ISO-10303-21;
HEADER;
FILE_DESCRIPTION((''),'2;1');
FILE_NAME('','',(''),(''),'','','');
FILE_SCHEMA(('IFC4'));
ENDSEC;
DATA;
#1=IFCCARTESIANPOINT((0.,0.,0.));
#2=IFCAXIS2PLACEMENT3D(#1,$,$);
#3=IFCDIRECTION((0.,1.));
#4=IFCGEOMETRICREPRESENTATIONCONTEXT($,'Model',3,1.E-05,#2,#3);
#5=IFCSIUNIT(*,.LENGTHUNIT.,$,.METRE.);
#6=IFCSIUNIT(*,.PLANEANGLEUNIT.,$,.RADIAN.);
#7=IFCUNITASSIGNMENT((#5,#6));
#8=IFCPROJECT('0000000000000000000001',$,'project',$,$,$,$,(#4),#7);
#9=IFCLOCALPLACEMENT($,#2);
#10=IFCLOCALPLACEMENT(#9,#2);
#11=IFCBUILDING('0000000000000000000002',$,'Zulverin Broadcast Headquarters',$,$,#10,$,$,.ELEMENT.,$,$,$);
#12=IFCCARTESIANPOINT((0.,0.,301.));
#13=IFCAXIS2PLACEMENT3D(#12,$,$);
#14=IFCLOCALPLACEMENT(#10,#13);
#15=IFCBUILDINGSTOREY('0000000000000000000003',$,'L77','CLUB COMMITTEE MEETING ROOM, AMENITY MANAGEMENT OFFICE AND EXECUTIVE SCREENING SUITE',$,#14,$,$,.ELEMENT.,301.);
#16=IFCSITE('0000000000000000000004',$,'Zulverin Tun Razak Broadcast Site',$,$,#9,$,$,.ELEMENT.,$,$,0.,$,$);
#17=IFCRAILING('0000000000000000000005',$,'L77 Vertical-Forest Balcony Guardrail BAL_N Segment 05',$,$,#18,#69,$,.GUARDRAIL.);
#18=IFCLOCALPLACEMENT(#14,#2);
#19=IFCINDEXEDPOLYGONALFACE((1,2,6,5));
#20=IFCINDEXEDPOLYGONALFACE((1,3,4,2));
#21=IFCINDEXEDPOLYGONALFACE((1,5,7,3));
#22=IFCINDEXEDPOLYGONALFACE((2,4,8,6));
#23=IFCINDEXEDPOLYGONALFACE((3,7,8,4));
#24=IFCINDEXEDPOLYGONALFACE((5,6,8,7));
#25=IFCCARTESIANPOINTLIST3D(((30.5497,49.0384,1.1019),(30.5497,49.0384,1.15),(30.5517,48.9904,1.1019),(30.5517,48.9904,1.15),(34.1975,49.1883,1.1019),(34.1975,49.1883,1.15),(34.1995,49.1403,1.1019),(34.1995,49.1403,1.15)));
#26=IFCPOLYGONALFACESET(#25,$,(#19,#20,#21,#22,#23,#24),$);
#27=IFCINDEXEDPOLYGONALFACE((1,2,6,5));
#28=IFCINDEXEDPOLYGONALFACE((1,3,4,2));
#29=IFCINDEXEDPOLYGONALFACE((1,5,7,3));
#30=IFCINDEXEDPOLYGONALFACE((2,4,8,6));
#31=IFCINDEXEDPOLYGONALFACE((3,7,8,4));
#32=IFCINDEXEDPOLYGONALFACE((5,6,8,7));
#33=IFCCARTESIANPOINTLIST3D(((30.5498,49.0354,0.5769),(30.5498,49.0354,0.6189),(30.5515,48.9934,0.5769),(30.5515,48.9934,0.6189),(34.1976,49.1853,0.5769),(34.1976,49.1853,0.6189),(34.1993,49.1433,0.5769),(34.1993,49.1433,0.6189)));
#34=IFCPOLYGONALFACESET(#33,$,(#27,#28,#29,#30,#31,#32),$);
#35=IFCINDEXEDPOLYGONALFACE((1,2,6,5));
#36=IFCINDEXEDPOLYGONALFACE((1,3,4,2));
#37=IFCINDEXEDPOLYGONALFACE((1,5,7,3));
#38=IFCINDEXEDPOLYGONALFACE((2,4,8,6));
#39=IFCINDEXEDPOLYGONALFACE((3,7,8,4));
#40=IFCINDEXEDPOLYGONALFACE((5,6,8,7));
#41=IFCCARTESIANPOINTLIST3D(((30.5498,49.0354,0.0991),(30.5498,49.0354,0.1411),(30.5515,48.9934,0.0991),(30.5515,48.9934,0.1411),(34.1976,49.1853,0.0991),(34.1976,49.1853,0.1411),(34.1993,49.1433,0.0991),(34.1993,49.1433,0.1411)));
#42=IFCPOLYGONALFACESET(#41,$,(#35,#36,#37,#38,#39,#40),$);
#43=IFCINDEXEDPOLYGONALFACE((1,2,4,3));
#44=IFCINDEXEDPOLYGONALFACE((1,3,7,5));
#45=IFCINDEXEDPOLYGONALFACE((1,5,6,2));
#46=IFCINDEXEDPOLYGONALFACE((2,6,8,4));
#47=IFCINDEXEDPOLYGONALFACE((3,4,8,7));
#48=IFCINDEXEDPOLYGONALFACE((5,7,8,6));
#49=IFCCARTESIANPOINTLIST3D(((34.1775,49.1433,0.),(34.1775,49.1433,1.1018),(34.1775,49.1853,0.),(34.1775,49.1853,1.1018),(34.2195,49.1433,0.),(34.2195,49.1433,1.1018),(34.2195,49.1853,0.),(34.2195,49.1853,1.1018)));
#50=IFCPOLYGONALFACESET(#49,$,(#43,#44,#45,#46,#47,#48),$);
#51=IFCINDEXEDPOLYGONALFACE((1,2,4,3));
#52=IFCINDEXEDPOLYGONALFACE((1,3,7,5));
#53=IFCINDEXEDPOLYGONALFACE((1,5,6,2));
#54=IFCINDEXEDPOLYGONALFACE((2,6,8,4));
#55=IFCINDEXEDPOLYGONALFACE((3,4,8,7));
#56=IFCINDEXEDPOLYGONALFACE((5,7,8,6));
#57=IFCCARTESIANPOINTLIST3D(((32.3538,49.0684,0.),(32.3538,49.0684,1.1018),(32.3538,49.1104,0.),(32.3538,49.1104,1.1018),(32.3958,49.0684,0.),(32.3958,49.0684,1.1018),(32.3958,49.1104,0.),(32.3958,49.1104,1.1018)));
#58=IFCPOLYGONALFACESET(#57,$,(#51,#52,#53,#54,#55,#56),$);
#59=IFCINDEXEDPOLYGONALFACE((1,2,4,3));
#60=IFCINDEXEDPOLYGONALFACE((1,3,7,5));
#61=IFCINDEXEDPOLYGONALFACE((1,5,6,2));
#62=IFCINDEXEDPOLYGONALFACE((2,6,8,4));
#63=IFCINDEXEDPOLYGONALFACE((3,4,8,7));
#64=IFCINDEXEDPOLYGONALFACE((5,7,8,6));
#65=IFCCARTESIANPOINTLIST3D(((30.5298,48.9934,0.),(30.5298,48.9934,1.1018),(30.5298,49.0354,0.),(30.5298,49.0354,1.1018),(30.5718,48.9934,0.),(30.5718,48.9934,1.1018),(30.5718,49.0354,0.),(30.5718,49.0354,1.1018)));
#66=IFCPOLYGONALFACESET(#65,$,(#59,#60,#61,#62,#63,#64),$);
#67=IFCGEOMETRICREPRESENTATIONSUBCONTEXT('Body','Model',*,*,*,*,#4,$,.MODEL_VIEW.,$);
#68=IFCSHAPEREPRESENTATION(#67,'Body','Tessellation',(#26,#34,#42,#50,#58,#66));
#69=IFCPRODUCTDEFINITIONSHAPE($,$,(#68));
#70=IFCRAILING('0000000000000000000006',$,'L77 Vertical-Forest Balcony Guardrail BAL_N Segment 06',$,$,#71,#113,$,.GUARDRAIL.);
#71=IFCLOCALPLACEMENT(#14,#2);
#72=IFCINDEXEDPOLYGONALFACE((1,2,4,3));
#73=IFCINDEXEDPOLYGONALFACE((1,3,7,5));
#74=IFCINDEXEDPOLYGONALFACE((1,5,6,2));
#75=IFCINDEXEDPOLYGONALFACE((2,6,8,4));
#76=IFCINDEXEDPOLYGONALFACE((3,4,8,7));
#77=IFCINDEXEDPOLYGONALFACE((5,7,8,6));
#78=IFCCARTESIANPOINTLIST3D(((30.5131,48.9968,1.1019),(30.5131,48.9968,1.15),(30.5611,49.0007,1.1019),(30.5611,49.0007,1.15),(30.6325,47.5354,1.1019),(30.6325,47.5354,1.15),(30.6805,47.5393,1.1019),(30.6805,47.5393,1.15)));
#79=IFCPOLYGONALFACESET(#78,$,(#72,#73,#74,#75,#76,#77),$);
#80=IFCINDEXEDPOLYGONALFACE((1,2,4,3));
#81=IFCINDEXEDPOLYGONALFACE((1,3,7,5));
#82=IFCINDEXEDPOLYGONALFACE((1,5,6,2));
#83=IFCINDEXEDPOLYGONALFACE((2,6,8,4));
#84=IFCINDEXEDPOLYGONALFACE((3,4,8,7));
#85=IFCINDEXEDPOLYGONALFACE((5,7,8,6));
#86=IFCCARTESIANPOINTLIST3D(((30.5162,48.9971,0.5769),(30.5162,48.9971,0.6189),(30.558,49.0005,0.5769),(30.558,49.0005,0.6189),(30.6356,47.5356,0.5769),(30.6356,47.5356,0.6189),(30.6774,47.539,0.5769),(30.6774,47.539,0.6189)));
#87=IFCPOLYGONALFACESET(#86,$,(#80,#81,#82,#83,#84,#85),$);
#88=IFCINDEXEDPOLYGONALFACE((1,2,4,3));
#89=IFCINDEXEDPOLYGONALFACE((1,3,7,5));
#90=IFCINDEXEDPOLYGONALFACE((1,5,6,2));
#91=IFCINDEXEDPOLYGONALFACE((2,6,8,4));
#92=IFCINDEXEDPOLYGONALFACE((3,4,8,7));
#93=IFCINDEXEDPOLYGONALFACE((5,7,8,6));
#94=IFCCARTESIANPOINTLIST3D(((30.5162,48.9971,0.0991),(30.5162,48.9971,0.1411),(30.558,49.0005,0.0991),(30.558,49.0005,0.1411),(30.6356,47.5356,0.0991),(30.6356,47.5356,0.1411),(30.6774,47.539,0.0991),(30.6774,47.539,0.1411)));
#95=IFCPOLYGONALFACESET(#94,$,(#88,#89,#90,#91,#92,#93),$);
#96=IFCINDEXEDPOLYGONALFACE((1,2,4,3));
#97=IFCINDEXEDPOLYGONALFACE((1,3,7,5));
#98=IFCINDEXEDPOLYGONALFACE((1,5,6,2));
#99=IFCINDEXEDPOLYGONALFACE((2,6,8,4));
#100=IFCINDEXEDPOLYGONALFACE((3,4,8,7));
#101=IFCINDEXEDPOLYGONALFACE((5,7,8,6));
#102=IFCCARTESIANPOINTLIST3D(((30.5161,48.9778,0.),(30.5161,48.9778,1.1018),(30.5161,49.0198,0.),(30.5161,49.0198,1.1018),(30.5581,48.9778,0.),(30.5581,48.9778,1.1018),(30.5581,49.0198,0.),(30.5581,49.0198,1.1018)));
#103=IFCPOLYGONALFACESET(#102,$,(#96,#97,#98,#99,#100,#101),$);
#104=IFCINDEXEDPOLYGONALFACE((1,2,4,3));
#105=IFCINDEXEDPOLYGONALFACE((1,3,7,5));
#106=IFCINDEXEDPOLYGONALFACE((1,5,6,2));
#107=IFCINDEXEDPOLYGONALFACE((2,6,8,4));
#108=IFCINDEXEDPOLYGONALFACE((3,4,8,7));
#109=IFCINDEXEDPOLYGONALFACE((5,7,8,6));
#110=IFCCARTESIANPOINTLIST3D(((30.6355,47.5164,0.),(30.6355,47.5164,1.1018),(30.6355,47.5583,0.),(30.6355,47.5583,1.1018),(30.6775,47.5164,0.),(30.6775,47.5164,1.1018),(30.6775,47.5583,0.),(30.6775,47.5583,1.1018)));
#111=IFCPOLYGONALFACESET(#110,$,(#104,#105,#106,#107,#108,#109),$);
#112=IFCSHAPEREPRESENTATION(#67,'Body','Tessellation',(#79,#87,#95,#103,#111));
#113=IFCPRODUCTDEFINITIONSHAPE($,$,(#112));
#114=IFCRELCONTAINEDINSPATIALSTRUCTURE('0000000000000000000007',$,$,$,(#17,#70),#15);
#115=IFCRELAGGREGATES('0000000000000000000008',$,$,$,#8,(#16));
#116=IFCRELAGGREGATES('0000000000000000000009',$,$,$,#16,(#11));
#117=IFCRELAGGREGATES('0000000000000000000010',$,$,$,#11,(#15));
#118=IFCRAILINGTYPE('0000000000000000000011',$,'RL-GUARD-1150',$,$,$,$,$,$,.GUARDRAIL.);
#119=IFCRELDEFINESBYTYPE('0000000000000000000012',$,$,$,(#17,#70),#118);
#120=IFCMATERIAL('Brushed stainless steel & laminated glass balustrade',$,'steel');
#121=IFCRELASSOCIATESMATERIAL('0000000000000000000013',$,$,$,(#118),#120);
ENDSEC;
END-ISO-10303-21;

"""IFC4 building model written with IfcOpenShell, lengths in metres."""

from ifc_helpers import new_model, si_unit, direction, frame, origin, origin_2d, place, context, subcontext, project, spatial, rectangle, extrude, material, type_object, element, save


model = new_model("IFC4")

# Units and contexts
model_context = context("Model", 3, precision=1e-05, world=origin(), true_north=direction((0.0, 1.0)))
body_context = subcontext(model_context, "Body", "Model", "MODEL_VIEW")
ifc_project = project(units=[si_unit("LENGTHUNIT", "METRE"), si_unit("PLANEANGLEUNIT", "RADIAN")], contexts=[model_context])

# Site, building, storey
site_placement = place(None, origin())
site = spatial("IfcSite", under=ifc_project, at=site_placement, Name="Zulverin Tun Razak Broadcast Site", CompositionType="ELEMENT", RefElevation=0.0)
building_placement = place(site_placement, origin())
building = spatial("IfcBuilding", under=site, at=building_placement, Name="Zulverin Broadcast Headquarters", CompositionType="ELEMENT")
storey_placement = place(building_placement, frame((0.0, 0.0, 301.0)))
storey = spatial("IfcBuildingStorey", under=building, at=storey_placement, Name="L77", Description="CLUB COMMITTEE MEETING ROOM, AMENITY MANAGEMENT OFFICE AND EXECUTIVE SCREENING SUITE", CompositionType="ELEMENT", Elevation=301.0)

# Railings
ifc_material_1 = material(Name="Brushed stainless steel & laminated glass balustrade", Category="steel")
railing_type = type_object("IfcRailingType", Name="RL-GUARD-1150", PredefinedType="GUARDRAIL", material=ifc_material_1)
railing_1_placement = place(storey_placement, frame((34.1985, 49.1643, 0.0)))
element("IfcRailing", 1, at=railing_1_placement, inside=storey, type_object=railing_type, Name="L77 Vertical-Forest Balcony Guardrail BAL_N Segment 05", PredefinedType="GUARDRAIL", context=body_context, shape_type="SweptSolid", body=[
    extrude(rectangle(XDim=0.0481, YDim=0.0481, at=origin_2d()), frame((0.0, 0.0, 1.126), z_axis=(-0.999157, -0.04106, 0.0), x_axis=(0.04106, -0.999157, 0.0)), (0.0, 0.0, 1.0), 3.6509),
    extrude(rectangle(XDim=0.042, YDim=0.042, at=origin_2d()), frame((0.0, 0.0, 0.5979), z_axis=(-0.999157, -0.04106, 0.0), x_axis=(0.04106, -0.999157, 0.0)), (0.0, 0.0, 1.0), 3.6509),
    extrude(rectangle(XDim=0.042, YDim=0.042, at=origin_2d()), frame((0.0, 0.0, 0.1201), z_axis=(-0.999157, -0.04106, 0.0), x_axis=(0.04106, -0.999157, 0.0)), (0.0, 0.0, 1.0), 3.6509),
    extrude(rectangle(XDim=0.042, YDim=0.042, at=origin_2d()), origin(), (0.0, 0.0, 1.0), 1.1018),
    extrude(rectangle(XDim=0.042, YDim=0.042, at=origin_2d()), frame((-1.8237, -0.075, 0.0)), (0.0, 0.0, 1.0), 1.1018),
    extrude(rectangle(XDim=0.042, YDim=0.042, at=origin_2d()), frame((-3.6477, -0.1499, 0.0)), (0.0, 0.0, 1.0), 1.1018),
])
railing_2_placement = place(storey_placement, frame((30.5371, 48.9988, 0.0)))
element("IfcRailing", 2, at=railing_2_placement, inside=storey, type_object=railing_type, Name="L77 Vertical-Forest Balcony Guardrail BAL_N Segment 06", PredefinedType="GUARDRAIL", context=body_context, shape_type="SweptSolid", body=[
    extrude(rectangle(XDim=0.0481, YDim=0.0481, at=origin_2d()), frame((0.0, 0.0, 1.126), z_axis=(0.081419, -0.99668, 0.0), x_axis=(0.99668, 0.081419, 0.0)), (0.0, 0.0, 1.0), 1.4663),
    extrude(rectangle(XDim=0.042, YDim=0.042, at=origin_2d()), frame((0.0, 0.0, 0.5979), z_axis=(0.081419, -0.99668, 0.0), x_axis=(0.99668, 0.081419, 0.0)), (0.0, 0.0, 1.0), 1.4663),
    extrude(rectangle(XDim=0.042, YDim=0.042, at=origin_2d()), frame((0.0, 0.0, 0.1201), z_axis=(0.081419, -0.99668, 0.0), x_axis=(0.99668, 0.081419, 0.0)), (0.0, 0.0, 1.0), 1.4663),
    extrude(rectangle(XDim=0.042, YDim=0.042, at=origin_2d()), origin(), (0.0, 0.0, 1.0), 1.1018),
    extrude(rectangle(XDim=0.042, YDim=0.042, at=origin_2d()), frame((0.1194, -1.4614, 0.0)), (0.0, 0.0, 1.0), 1.1018),
])

save(model, "model.ifc")
